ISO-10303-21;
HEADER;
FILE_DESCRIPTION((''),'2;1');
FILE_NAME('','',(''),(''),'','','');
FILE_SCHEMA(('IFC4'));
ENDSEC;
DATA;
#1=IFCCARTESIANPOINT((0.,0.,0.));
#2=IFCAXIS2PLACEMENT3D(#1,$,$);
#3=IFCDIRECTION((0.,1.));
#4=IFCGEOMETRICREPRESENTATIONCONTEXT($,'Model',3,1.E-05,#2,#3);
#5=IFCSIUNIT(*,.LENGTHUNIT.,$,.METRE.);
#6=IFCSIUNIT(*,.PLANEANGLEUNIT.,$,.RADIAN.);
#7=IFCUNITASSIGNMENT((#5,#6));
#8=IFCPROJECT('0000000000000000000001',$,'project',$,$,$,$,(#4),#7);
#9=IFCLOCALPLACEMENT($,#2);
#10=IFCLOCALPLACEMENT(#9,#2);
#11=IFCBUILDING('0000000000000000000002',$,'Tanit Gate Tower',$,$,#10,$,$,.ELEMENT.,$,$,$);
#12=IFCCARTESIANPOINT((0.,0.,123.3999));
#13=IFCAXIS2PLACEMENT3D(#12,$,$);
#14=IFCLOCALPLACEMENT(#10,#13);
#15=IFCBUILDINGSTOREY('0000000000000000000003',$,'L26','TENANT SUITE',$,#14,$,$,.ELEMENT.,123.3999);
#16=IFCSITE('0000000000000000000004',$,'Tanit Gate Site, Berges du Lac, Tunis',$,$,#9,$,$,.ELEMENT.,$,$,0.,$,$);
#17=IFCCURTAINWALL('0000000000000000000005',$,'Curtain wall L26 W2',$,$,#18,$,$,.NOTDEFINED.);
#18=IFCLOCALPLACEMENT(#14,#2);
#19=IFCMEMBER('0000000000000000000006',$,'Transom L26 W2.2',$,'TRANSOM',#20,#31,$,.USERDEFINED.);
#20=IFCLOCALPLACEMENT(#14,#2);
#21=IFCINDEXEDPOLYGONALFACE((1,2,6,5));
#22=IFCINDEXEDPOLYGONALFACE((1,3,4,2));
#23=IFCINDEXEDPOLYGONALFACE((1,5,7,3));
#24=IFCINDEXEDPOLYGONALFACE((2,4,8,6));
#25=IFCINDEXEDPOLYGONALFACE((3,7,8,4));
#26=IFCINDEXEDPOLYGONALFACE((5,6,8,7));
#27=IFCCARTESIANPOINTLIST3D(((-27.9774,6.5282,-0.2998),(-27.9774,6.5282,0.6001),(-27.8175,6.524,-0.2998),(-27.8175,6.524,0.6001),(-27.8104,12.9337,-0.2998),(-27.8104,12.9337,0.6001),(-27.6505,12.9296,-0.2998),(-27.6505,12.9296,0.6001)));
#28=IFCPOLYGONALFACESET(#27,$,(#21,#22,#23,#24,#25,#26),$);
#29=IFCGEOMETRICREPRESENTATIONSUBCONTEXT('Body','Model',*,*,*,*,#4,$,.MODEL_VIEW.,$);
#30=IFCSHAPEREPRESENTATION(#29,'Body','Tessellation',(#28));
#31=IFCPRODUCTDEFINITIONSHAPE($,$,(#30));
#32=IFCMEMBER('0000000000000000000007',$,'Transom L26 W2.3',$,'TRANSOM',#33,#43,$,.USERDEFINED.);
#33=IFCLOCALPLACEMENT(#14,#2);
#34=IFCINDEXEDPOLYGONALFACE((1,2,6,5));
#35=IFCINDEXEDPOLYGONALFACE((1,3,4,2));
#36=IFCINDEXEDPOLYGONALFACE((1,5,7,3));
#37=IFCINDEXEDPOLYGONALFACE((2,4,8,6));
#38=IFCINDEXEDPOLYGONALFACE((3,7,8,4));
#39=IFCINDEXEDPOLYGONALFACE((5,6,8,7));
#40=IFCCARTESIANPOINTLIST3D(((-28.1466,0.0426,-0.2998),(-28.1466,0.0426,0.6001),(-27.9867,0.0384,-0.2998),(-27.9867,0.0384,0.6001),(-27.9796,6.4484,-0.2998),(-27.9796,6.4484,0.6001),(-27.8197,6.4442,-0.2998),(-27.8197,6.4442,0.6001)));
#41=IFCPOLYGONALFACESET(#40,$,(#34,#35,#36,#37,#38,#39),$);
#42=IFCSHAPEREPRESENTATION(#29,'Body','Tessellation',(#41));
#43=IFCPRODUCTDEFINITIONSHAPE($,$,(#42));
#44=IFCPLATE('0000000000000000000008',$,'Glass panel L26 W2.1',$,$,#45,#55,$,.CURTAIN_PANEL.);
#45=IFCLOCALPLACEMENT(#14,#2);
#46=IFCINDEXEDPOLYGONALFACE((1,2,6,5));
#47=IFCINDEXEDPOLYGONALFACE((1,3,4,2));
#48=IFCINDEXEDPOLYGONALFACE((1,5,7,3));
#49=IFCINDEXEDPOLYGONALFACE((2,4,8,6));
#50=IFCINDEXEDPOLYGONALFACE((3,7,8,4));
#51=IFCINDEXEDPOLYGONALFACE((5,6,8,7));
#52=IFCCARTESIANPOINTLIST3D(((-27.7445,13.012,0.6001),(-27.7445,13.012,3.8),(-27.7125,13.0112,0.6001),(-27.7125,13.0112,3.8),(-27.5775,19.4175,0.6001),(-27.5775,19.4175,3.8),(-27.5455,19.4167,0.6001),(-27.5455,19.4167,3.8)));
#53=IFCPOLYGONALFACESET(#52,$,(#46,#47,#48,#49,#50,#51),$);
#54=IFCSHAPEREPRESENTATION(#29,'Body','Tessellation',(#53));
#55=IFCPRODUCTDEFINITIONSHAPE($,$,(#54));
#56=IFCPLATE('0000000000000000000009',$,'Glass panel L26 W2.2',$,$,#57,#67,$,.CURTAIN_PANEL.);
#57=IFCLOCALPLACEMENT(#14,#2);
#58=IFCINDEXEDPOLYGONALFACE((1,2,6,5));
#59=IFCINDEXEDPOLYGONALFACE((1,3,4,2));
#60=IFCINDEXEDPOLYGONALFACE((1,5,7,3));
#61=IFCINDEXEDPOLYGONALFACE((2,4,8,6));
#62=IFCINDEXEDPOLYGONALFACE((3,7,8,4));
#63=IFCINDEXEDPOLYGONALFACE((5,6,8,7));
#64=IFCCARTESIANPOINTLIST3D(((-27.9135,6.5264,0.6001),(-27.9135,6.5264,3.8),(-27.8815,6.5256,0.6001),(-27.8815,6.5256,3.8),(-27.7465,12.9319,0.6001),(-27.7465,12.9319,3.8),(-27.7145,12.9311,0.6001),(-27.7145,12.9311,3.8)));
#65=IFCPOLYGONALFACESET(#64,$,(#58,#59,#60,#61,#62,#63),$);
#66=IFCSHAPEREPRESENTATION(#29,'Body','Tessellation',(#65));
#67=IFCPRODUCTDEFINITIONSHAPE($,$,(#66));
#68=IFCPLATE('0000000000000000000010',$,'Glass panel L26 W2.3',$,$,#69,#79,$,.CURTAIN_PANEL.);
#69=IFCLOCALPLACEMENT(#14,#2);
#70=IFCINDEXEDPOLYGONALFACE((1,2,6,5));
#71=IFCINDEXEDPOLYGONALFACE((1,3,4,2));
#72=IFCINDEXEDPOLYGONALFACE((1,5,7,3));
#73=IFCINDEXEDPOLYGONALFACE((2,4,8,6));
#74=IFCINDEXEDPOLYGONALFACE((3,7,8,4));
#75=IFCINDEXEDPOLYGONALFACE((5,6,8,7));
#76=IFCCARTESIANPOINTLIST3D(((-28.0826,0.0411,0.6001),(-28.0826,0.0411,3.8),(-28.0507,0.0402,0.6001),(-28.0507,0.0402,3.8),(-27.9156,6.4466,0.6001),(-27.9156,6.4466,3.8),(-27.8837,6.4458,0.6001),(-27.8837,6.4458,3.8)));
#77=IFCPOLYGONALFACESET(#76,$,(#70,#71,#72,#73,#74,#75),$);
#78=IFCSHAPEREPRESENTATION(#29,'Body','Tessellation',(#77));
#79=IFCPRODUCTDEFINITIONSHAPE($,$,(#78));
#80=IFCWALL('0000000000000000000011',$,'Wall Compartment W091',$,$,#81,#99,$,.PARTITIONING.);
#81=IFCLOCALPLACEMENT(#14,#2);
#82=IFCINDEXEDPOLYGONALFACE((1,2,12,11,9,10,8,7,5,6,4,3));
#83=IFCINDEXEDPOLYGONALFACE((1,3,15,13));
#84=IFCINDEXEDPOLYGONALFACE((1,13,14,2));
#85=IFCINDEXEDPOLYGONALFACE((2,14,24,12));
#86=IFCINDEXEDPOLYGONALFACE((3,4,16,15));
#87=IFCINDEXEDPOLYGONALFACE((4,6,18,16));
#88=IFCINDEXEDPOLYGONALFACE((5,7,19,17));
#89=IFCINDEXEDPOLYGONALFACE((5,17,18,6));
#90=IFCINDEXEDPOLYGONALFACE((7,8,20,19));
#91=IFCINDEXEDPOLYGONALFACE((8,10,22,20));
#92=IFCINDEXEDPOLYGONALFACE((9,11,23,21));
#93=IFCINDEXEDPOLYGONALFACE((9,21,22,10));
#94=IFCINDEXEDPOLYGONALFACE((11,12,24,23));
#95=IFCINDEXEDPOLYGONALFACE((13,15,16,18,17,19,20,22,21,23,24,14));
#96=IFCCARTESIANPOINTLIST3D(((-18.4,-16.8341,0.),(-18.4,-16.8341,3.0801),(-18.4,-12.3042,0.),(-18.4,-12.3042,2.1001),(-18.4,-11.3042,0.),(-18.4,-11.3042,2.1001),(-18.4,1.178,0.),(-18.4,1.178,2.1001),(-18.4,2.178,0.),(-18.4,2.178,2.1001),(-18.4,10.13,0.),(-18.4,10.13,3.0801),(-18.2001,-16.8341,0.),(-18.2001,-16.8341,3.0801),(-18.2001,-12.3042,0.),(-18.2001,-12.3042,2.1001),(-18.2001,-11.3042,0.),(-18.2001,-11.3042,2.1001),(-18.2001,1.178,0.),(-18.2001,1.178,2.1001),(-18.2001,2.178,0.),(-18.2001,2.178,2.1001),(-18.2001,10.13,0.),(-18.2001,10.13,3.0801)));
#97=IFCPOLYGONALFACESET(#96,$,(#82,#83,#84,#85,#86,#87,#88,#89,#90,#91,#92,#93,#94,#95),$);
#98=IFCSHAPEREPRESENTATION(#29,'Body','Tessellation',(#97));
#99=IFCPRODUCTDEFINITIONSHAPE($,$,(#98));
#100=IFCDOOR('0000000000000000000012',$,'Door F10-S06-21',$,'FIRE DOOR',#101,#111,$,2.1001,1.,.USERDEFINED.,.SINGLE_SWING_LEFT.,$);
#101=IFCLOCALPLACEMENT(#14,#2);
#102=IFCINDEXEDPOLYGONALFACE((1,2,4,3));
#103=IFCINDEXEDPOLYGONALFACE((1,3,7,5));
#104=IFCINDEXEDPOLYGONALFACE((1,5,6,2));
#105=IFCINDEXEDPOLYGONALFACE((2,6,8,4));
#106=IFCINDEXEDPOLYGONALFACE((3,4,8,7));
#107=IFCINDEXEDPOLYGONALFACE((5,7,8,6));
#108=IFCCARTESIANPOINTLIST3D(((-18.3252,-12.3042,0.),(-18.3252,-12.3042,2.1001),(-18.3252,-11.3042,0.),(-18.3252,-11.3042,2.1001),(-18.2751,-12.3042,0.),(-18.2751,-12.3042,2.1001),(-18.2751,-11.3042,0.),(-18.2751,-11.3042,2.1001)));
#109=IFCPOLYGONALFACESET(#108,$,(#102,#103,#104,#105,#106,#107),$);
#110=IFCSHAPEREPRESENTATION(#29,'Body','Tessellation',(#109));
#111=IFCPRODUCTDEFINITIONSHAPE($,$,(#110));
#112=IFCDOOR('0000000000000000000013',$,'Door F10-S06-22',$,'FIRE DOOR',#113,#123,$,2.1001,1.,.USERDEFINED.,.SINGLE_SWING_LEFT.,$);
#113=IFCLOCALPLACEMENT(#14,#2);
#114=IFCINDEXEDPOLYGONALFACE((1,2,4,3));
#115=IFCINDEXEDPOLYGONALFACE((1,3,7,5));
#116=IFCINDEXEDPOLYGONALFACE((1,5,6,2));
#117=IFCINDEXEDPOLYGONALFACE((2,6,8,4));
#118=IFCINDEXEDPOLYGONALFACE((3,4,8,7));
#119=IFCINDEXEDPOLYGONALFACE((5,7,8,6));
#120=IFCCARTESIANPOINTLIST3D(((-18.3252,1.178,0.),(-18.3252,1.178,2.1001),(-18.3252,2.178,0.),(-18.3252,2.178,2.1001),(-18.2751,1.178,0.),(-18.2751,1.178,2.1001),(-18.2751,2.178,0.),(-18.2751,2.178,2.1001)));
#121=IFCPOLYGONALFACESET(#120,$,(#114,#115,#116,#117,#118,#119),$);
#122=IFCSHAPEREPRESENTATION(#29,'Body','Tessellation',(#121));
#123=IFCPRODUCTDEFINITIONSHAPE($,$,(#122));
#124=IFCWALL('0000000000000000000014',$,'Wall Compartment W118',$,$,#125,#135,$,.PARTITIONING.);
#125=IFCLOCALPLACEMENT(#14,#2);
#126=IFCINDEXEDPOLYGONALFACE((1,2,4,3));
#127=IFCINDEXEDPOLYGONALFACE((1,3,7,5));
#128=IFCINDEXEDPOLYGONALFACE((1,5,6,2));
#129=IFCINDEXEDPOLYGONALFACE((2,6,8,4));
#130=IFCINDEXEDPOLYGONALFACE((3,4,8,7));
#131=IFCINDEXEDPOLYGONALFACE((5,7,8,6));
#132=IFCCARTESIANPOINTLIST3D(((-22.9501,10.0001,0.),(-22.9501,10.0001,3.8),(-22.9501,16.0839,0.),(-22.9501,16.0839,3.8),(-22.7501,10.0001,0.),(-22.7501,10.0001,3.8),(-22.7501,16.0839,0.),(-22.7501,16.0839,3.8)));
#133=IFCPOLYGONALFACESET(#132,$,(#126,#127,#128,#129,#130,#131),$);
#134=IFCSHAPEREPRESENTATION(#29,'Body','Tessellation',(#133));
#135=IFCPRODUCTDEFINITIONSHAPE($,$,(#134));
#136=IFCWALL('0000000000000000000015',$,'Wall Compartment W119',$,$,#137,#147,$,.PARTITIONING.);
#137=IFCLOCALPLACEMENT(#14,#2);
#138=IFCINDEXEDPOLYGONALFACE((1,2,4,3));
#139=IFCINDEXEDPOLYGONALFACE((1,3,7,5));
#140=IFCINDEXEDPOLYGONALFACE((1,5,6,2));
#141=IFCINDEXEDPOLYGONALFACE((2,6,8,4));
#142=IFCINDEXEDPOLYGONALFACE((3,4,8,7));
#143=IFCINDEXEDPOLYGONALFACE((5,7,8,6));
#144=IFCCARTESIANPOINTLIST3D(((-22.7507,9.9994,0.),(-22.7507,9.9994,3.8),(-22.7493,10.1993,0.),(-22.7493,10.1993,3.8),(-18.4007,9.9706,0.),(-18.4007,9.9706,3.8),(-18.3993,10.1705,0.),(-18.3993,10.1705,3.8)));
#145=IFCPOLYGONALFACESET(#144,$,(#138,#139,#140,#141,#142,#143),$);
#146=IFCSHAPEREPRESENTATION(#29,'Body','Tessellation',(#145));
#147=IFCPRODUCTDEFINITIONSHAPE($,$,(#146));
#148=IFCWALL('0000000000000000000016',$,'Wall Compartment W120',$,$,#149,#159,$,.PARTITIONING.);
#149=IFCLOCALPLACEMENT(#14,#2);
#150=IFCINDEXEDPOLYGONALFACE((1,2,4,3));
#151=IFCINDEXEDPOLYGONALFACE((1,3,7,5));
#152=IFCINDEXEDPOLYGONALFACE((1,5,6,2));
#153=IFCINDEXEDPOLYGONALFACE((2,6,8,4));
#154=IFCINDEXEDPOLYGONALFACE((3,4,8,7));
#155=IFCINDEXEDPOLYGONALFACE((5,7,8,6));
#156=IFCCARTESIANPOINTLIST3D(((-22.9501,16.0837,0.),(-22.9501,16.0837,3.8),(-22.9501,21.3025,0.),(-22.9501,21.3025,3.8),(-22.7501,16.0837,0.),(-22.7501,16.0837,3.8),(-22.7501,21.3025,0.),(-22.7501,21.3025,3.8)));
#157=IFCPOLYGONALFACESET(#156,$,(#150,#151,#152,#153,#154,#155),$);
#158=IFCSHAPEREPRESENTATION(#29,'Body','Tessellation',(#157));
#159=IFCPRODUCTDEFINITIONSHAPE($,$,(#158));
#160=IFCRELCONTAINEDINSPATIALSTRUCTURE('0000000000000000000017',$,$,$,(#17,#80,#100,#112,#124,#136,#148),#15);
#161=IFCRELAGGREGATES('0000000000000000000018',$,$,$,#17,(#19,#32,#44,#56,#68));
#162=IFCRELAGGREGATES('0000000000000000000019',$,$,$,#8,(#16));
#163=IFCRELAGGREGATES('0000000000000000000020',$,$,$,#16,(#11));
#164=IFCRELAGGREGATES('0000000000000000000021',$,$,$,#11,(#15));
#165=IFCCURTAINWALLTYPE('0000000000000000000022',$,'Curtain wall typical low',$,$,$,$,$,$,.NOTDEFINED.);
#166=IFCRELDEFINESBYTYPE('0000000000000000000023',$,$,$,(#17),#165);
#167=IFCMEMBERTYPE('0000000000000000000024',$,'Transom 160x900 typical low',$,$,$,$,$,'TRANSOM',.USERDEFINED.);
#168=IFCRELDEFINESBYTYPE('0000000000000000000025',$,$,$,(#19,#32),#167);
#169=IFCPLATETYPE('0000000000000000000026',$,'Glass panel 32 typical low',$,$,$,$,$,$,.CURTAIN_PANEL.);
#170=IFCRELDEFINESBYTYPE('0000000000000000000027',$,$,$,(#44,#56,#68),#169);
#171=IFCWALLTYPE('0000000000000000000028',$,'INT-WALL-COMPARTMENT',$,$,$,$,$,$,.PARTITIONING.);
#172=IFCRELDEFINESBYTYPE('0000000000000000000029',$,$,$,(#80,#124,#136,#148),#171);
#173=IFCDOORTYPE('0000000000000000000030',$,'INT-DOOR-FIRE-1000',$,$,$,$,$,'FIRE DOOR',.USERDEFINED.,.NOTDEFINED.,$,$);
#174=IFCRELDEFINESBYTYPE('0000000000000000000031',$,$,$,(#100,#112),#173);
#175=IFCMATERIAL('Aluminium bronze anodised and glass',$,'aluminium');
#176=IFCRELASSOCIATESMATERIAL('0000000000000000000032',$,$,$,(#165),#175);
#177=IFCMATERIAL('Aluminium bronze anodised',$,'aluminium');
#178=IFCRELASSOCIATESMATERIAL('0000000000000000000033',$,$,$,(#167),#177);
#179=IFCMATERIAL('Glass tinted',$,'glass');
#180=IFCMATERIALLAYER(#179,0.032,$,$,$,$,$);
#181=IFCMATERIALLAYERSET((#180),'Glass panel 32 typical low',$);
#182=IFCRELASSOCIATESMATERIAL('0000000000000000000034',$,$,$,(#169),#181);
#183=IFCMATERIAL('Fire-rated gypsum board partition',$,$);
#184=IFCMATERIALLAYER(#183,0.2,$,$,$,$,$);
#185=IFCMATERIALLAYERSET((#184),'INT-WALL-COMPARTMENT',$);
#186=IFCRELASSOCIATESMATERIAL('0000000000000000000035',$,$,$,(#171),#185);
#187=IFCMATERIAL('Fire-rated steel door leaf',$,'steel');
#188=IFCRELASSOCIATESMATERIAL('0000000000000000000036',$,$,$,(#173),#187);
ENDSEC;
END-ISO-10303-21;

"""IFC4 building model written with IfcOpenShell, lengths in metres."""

from ifc_helpers import new_model, si_unit, direction, frame, frame_2d, origin, origin_2d, place, context, subcontext, project, spatial, rectangle, extrude, material, layer, layer_set, material_profile, profile_set, type_object, element, fill, aggregate, save


model = new_model("IFC4")

# Units and contexts
model_context = context("Model", 3, precision=1e-05, world=origin(), true_north=direction((0.0, 1.0)))
body_context = subcontext(model_context, "Body", "Model", "MODEL_VIEW")
ifc_project = project(units=[si_unit("LENGTHUNIT", "METRE"), si_unit("PLANEANGLEUNIT", "RADIAN")], contexts=[model_context])

# Site, building, storey
site_placement = place(None, origin())
site = spatial("IfcSite", under=ifc_project, at=site_placement, Name="Tanit Gate Site, Berges du Lac, Tunis", CompositionType="ELEMENT", RefElevation=0.0)
building_placement = place(site_placement, origin())
building = spatial("IfcBuilding", under=site, at=building_placement, Name="Tanit Gate Tower", CompositionType="ELEMENT")
storey_placement = place(building_placement, frame((0.0, 0.0, 123.3999)))
storey = spatial("IfcBuildingStorey", under=building, at=storey_placement, Name="L26", Description="TENANT SUITE", CompositionType="ELEMENT", Elevation=123.3999)

# Curtain wall
ifc_material_1 = material(Name="Aluminium bronze anodised and glass", Category="aluminium")
curtain_wall_type = type_object("IfcCurtainWallType", Name="Curtain wall typical low", PredefinedType="NOTDEFINED", material=ifc_material_1)
curtain_wall_1_placement = place(storey_placement, origin())
curtain_wall_1 = element("IfcCurtainWall", 1, at=curtain_wall_1_placement, inside=storey, type_object=curtain_wall_type, Name="Curtain wall L26 W2", PredefinedType="NOTDEFINED")

# Members
ifc_material_2 = material(Name="Aluminium bronze anodised", Category="aluminium")
ifc_material_profile_1 = material_profile(ifc_material_2, rectangle(XDim=0.1599, YDim=0.8999, at=origin_2d()), Name="160x900 bronze transom")
ifc_profile_set_1 = profile_set([ifc_material_profile_1], Name="Aluminium bronze anodised")
member_type_1 = type_object("IfcMemberType", Name="Transom 160x900 typical low", ElementType="TRANSOM", PredefinedType="USERDEFINED", material=ifc_profile_set_1)
member_1_placement = place(storey_placement, frame((-27.7305, 12.9316, 0.1501), z_axis=(-0.026061, -0.99966, 0.0), x_axis=(0.99966, -0.026061, 0.0)))
member_1 = element("IfcMember", 2, at=member_1_placement, type_object=member_type_1, Name="Transom L26 W2.2", ObjectType="TRANSOM", PredefinedType="USERDEFINED", context=body_context, shape_type="SweptSolid", body=[
    extrude(rectangle(XDim=0.1599, YDim=0.8999, at=origin_2d()), origin(), (0.0, 0.0, 1.0), 6.4077),
])
member_2_placement = place(storey_placement, frame((-27.8997, 6.4463, 0.1501), z_axis=(-0.02606, -0.99966, 0.0), x_axis=(0.99966, -0.02606, 0.0)))
member_2 = element("IfcMember", 3, at=member_2_placement, type_object=member_type_1, Name="Transom L26 W2.3", ObjectType="TRANSOM", PredefinedType="USERDEFINED", context=body_context, shape_type="SweptSolid", body=[
    extrude(rectangle(XDim=0.1599, YDim=0.8999, at=origin_2d()), origin(), (0.0, 0.0, 1.0), 6.408),
])

# Plates
ifc_material_3 = material(Name="Glass tinted", Category="glass")
ifc_layer_1 = layer(ifc_material_3, 0.032)
ifc_layer_set_1 = layer_set([ifc_layer_1], Name="Glass panel 32 typical low")
plate_type = type_object("IfcPlateType", Name="Glass panel 32 typical low", PredefinedType="CURTAIN_PANEL", material=ifc_layer_set_1)
plate_1_placement = place(storey_placement, frame((-27.645, 16.2144, 0.6001), z_axis=(0.0, 0.0, 1.0), x_axis=(-0.026063, -0.99966, 0.0)))
plate_1 = element("IfcPlate", 4, at=plate_1_placement, type_object=plate_type, Name="Glass panel L26 W2.1", PredefinedType="CURTAIN_PANEL", context=body_context, shape_type="SweptSolid", body=[
    extrude(rectangle(XDim=6.4077, YDim=0.032, at=origin_2d()), origin(), (0.0, 0.0, 1.0), 3.2),
])
plate_2_placement = place(storey_placement, frame((-27.814, 9.7288, 0.6001), z_axis=(0.0, 0.0, 1.0), x_axis=(-0.026063, -0.99966, 0.0)))
plate_2 = element("IfcPlate", 5, at=plate_2_placement, type_object=plate_type, Name="Glass panel L26 W2.2", PredefinedType="CURTAIN_PANEL", context=body_context, shape_type="SweptSolid", body=[
    extrude(rectangle(XDim=6.4077, YDim=0.032, at=origin_2d()), origin(), (0.0, 0.0, 1.0), 3.2),
])
plate_3_placement = place(storey_placement, frame((-27.9832, 3.2434, 0.6001), z_axis=(0.0, 0.0, 1.0), x_axis=(-0.026063, -0.99966, 0.0)))
plate_3 = element("IfcPlate", 6, at=plate_3_placement, type_object=plate_type, Name="Glass panel L26 W2.3", PredefinedType="CURTAIN_PANEL", context=body_context, shape_type="SweptSolid", body=[
    extrude(rectangle(XDim=6.4077, YDim=0.032, at=origin_2d()), origin(), (0.0, 0.0, 1.0), 3.2),
])
aggregate(curtain_wall_1, [member_1, member_2, plate_1, plate_2, plate_3])

# Wall, openings, doors
ifc_material_4 = material(Name="Fire-rated gypsum board partition")
ifc_layer_2 = layer(ifc_material_4, 0.2)
ifc_layer_set_2 = layer_set([ifc_layer_2], Name="INT-WALL-COMPARTMENT")
wall_type_1 = type_object("IfcWallType", Name="INT-WALL-COMPARTMENT", PredefinedType="PARTITIONING", material=ifc_layer_set_2)
wall_1_placement = place(storey_placement, frame((-18.3, 10.1299, 0.0), z_axis=(0.0, 0.0, 1.0), x_axis=(0.0, -1.0, 0.0)))
wall_1 = element("IfcWall", 7, at=wall_1_placement, inside=storey, type_object=wall_type_1, Name="Wall Compartment W091", PredefinedType="PARTITIONING", context=body_context, shape_type="SweptSolid", body=[
    extrude(rectangle(XDim=26.9641, YDim=0.2, at=frame_2d((13.4819, 0.0))), origin(), (0.0, 0.0, 1.0), 3.0801),
])
opening_1_placement = place(wall_1_placement, frame((21.4341, 0.0, 0.0)))
opening_1 = element("IfcOpeningElement", 8, at=opening_1_placement, cuts=wall_1, PredefinedType="OPENING", context=body_context, shape_type="SweptSolid", body=[
    extrude(rectangle(XDim=1.0, YDim=2.1001, at=frame_2d((0.5, 1.05))), frame((0.0, 0.1099, 0.0), z_axis=(0.0, -1.0, 0.0), x_axis=(1.0, 0.0, 0.0)), (0.0, 0.0, 1.0), 0.22),
])
opening_2_placement = place(wall_1_placement, frame((7.9519, 0.0, 0.0)))
opening_2 = element("IfcOpeningElement", 9, at=opening_2_placement, cuts=wall_1, PredefinedType="OPENING", context=body_context, shape_type="SweptSolid", body=[
    extrude(rectangle(XDim=1.0, YDim=2.1001, at=frame_2d((0.5, 1.05))), frame((0.0, 0.1099, 0.0), z_axis=(0.0, -1.0, 0.0), x_axis=(1.0, 0.0, 0.0)), (0.0, 0.0, 1.0), 0.22),
])
ifc_material_5 = material(Name="Fire-rated steel door leaf", Category="steel")
door_type_1 = type_object("IfcDoorType", Name="INT-DOOR-FIRE-1000", ElementType="FIRE DOOR", OperationType="NOTDEFINED", PredefinedType="USERDEFINED", material=ifc_material_5)
door_1_placement = place(opening_1_placement, origin())
door_1 = element("IfcDoor", 10, at=door_1_placement, inside=storey, type_object=door_type_1, Name="Door F10-S06-21", ObjectType="FIRE DOOR", OperationType="SINGLE_SWING_LEFT", OverallHeight=2.1001, OverallWidth=1.0, PredefinedType="USERDEFINED", context=body_context, shape_type="SweptSolid", body=[
    extrude(rectangle(XDim=1.0, YDim=2.1001, at=frame_2d((0.5, 1.05))), frame((0.0, 0.0249, 0.0), z_axis=(0.0, -1.0, 0.0), x_axis=(1.0, 0.0, 0.0)), (0.0, 0.0, 1.0), 0.05),
])
fill(opening_1, door_1)
door_2_placement = place(opening_2_placement, origin())
door_2 = element("IfcDoor", 11, at=door_2_placement, inside=storey, type_object=door_type_1, Name="Door F10-S06-22", ObjectType="FIRE DOOR", OperationType="SINGLE_SWING_LEFT", OverallHeight=2.1001, OverallWidth=1.0, PredefinedType="USERDEFINED", context=body_context, shape_type="SweptSolid", body=[
    extrude(rectangle(XDim=1.0, YDim=2.1001, at=frame_2d((0.5, 1.05))), frame((0.0, 0.0249, 0.0), z_axis=(0.0, -1.0, 0.0), x_axis=(1.0, 0.0, 0.0)), (0.0, 0.0, 1.0), 0.05),
])
fill(opening_2, door_2)

# Walls
wall_2_placement = place(storey_placement, frame((-22.8501, 10.0, 0.0), z_axis=(0.0, 0.0, 1.0), x_axis=(0.0, 1.0, 0.0)))
element("IfcWall", 12, at=wall_2_placement, inside=storey, type_object=wall_type_1, Name="Wall Compartment W118", PredefinedType="PARTITIONING", context=body_context, shape_type="SweptSolid", body=[
    extrude(rectangle(XDim=6.0837, YDim=0.2, at=frame_2d((3.042, 0.0))), origin(), (0.0, 0.0, 1.0), 3.8),
])
wall_3_placement = place(storey_placement, frame((-22.75, 10.0994, 0.0), z_axis=(0.0, 0.0, 1.0), x_axis=(0.999978, -0.006622, 0.0)))
element("IfcWall", 13, at=wall_3_placement, inside=storey, type_object=wall_type_1, Name="Wall Compartment W119", PredefinedType="PARTITIONING", context=body_context, shape_type="SweptSolid", body=[
    extrude(rectangle(XDim=4.3501, YDim=0.2, at=frame_2d((2.175, 0.0))), origin(), (0.0, 0.0, 1.0), 3.8),
])
wall_4_placement = place(storey_placement, frame((-22.8501, 16.0837, 0.0), z_axis=(0.0, 0.0, 1.0), x_axis=(0.0, 1.0, 0.0)))
element("IfcWall", 14, at=wall_4_placement, inside=storey, type_object=wall_type_1, Name="Wall Compartment W120", PredefinedType="PARTITIONING", context=body_context, shape_type="SweptSolid", body=[
    extrude(rectangle(XDim=5.2188, YDim=0.2, at=frame_2d((2.6094, 0.0))), origin(), (0.0, 0.0, 1.0), 3.8),
])

save(model, "model.ifc")
